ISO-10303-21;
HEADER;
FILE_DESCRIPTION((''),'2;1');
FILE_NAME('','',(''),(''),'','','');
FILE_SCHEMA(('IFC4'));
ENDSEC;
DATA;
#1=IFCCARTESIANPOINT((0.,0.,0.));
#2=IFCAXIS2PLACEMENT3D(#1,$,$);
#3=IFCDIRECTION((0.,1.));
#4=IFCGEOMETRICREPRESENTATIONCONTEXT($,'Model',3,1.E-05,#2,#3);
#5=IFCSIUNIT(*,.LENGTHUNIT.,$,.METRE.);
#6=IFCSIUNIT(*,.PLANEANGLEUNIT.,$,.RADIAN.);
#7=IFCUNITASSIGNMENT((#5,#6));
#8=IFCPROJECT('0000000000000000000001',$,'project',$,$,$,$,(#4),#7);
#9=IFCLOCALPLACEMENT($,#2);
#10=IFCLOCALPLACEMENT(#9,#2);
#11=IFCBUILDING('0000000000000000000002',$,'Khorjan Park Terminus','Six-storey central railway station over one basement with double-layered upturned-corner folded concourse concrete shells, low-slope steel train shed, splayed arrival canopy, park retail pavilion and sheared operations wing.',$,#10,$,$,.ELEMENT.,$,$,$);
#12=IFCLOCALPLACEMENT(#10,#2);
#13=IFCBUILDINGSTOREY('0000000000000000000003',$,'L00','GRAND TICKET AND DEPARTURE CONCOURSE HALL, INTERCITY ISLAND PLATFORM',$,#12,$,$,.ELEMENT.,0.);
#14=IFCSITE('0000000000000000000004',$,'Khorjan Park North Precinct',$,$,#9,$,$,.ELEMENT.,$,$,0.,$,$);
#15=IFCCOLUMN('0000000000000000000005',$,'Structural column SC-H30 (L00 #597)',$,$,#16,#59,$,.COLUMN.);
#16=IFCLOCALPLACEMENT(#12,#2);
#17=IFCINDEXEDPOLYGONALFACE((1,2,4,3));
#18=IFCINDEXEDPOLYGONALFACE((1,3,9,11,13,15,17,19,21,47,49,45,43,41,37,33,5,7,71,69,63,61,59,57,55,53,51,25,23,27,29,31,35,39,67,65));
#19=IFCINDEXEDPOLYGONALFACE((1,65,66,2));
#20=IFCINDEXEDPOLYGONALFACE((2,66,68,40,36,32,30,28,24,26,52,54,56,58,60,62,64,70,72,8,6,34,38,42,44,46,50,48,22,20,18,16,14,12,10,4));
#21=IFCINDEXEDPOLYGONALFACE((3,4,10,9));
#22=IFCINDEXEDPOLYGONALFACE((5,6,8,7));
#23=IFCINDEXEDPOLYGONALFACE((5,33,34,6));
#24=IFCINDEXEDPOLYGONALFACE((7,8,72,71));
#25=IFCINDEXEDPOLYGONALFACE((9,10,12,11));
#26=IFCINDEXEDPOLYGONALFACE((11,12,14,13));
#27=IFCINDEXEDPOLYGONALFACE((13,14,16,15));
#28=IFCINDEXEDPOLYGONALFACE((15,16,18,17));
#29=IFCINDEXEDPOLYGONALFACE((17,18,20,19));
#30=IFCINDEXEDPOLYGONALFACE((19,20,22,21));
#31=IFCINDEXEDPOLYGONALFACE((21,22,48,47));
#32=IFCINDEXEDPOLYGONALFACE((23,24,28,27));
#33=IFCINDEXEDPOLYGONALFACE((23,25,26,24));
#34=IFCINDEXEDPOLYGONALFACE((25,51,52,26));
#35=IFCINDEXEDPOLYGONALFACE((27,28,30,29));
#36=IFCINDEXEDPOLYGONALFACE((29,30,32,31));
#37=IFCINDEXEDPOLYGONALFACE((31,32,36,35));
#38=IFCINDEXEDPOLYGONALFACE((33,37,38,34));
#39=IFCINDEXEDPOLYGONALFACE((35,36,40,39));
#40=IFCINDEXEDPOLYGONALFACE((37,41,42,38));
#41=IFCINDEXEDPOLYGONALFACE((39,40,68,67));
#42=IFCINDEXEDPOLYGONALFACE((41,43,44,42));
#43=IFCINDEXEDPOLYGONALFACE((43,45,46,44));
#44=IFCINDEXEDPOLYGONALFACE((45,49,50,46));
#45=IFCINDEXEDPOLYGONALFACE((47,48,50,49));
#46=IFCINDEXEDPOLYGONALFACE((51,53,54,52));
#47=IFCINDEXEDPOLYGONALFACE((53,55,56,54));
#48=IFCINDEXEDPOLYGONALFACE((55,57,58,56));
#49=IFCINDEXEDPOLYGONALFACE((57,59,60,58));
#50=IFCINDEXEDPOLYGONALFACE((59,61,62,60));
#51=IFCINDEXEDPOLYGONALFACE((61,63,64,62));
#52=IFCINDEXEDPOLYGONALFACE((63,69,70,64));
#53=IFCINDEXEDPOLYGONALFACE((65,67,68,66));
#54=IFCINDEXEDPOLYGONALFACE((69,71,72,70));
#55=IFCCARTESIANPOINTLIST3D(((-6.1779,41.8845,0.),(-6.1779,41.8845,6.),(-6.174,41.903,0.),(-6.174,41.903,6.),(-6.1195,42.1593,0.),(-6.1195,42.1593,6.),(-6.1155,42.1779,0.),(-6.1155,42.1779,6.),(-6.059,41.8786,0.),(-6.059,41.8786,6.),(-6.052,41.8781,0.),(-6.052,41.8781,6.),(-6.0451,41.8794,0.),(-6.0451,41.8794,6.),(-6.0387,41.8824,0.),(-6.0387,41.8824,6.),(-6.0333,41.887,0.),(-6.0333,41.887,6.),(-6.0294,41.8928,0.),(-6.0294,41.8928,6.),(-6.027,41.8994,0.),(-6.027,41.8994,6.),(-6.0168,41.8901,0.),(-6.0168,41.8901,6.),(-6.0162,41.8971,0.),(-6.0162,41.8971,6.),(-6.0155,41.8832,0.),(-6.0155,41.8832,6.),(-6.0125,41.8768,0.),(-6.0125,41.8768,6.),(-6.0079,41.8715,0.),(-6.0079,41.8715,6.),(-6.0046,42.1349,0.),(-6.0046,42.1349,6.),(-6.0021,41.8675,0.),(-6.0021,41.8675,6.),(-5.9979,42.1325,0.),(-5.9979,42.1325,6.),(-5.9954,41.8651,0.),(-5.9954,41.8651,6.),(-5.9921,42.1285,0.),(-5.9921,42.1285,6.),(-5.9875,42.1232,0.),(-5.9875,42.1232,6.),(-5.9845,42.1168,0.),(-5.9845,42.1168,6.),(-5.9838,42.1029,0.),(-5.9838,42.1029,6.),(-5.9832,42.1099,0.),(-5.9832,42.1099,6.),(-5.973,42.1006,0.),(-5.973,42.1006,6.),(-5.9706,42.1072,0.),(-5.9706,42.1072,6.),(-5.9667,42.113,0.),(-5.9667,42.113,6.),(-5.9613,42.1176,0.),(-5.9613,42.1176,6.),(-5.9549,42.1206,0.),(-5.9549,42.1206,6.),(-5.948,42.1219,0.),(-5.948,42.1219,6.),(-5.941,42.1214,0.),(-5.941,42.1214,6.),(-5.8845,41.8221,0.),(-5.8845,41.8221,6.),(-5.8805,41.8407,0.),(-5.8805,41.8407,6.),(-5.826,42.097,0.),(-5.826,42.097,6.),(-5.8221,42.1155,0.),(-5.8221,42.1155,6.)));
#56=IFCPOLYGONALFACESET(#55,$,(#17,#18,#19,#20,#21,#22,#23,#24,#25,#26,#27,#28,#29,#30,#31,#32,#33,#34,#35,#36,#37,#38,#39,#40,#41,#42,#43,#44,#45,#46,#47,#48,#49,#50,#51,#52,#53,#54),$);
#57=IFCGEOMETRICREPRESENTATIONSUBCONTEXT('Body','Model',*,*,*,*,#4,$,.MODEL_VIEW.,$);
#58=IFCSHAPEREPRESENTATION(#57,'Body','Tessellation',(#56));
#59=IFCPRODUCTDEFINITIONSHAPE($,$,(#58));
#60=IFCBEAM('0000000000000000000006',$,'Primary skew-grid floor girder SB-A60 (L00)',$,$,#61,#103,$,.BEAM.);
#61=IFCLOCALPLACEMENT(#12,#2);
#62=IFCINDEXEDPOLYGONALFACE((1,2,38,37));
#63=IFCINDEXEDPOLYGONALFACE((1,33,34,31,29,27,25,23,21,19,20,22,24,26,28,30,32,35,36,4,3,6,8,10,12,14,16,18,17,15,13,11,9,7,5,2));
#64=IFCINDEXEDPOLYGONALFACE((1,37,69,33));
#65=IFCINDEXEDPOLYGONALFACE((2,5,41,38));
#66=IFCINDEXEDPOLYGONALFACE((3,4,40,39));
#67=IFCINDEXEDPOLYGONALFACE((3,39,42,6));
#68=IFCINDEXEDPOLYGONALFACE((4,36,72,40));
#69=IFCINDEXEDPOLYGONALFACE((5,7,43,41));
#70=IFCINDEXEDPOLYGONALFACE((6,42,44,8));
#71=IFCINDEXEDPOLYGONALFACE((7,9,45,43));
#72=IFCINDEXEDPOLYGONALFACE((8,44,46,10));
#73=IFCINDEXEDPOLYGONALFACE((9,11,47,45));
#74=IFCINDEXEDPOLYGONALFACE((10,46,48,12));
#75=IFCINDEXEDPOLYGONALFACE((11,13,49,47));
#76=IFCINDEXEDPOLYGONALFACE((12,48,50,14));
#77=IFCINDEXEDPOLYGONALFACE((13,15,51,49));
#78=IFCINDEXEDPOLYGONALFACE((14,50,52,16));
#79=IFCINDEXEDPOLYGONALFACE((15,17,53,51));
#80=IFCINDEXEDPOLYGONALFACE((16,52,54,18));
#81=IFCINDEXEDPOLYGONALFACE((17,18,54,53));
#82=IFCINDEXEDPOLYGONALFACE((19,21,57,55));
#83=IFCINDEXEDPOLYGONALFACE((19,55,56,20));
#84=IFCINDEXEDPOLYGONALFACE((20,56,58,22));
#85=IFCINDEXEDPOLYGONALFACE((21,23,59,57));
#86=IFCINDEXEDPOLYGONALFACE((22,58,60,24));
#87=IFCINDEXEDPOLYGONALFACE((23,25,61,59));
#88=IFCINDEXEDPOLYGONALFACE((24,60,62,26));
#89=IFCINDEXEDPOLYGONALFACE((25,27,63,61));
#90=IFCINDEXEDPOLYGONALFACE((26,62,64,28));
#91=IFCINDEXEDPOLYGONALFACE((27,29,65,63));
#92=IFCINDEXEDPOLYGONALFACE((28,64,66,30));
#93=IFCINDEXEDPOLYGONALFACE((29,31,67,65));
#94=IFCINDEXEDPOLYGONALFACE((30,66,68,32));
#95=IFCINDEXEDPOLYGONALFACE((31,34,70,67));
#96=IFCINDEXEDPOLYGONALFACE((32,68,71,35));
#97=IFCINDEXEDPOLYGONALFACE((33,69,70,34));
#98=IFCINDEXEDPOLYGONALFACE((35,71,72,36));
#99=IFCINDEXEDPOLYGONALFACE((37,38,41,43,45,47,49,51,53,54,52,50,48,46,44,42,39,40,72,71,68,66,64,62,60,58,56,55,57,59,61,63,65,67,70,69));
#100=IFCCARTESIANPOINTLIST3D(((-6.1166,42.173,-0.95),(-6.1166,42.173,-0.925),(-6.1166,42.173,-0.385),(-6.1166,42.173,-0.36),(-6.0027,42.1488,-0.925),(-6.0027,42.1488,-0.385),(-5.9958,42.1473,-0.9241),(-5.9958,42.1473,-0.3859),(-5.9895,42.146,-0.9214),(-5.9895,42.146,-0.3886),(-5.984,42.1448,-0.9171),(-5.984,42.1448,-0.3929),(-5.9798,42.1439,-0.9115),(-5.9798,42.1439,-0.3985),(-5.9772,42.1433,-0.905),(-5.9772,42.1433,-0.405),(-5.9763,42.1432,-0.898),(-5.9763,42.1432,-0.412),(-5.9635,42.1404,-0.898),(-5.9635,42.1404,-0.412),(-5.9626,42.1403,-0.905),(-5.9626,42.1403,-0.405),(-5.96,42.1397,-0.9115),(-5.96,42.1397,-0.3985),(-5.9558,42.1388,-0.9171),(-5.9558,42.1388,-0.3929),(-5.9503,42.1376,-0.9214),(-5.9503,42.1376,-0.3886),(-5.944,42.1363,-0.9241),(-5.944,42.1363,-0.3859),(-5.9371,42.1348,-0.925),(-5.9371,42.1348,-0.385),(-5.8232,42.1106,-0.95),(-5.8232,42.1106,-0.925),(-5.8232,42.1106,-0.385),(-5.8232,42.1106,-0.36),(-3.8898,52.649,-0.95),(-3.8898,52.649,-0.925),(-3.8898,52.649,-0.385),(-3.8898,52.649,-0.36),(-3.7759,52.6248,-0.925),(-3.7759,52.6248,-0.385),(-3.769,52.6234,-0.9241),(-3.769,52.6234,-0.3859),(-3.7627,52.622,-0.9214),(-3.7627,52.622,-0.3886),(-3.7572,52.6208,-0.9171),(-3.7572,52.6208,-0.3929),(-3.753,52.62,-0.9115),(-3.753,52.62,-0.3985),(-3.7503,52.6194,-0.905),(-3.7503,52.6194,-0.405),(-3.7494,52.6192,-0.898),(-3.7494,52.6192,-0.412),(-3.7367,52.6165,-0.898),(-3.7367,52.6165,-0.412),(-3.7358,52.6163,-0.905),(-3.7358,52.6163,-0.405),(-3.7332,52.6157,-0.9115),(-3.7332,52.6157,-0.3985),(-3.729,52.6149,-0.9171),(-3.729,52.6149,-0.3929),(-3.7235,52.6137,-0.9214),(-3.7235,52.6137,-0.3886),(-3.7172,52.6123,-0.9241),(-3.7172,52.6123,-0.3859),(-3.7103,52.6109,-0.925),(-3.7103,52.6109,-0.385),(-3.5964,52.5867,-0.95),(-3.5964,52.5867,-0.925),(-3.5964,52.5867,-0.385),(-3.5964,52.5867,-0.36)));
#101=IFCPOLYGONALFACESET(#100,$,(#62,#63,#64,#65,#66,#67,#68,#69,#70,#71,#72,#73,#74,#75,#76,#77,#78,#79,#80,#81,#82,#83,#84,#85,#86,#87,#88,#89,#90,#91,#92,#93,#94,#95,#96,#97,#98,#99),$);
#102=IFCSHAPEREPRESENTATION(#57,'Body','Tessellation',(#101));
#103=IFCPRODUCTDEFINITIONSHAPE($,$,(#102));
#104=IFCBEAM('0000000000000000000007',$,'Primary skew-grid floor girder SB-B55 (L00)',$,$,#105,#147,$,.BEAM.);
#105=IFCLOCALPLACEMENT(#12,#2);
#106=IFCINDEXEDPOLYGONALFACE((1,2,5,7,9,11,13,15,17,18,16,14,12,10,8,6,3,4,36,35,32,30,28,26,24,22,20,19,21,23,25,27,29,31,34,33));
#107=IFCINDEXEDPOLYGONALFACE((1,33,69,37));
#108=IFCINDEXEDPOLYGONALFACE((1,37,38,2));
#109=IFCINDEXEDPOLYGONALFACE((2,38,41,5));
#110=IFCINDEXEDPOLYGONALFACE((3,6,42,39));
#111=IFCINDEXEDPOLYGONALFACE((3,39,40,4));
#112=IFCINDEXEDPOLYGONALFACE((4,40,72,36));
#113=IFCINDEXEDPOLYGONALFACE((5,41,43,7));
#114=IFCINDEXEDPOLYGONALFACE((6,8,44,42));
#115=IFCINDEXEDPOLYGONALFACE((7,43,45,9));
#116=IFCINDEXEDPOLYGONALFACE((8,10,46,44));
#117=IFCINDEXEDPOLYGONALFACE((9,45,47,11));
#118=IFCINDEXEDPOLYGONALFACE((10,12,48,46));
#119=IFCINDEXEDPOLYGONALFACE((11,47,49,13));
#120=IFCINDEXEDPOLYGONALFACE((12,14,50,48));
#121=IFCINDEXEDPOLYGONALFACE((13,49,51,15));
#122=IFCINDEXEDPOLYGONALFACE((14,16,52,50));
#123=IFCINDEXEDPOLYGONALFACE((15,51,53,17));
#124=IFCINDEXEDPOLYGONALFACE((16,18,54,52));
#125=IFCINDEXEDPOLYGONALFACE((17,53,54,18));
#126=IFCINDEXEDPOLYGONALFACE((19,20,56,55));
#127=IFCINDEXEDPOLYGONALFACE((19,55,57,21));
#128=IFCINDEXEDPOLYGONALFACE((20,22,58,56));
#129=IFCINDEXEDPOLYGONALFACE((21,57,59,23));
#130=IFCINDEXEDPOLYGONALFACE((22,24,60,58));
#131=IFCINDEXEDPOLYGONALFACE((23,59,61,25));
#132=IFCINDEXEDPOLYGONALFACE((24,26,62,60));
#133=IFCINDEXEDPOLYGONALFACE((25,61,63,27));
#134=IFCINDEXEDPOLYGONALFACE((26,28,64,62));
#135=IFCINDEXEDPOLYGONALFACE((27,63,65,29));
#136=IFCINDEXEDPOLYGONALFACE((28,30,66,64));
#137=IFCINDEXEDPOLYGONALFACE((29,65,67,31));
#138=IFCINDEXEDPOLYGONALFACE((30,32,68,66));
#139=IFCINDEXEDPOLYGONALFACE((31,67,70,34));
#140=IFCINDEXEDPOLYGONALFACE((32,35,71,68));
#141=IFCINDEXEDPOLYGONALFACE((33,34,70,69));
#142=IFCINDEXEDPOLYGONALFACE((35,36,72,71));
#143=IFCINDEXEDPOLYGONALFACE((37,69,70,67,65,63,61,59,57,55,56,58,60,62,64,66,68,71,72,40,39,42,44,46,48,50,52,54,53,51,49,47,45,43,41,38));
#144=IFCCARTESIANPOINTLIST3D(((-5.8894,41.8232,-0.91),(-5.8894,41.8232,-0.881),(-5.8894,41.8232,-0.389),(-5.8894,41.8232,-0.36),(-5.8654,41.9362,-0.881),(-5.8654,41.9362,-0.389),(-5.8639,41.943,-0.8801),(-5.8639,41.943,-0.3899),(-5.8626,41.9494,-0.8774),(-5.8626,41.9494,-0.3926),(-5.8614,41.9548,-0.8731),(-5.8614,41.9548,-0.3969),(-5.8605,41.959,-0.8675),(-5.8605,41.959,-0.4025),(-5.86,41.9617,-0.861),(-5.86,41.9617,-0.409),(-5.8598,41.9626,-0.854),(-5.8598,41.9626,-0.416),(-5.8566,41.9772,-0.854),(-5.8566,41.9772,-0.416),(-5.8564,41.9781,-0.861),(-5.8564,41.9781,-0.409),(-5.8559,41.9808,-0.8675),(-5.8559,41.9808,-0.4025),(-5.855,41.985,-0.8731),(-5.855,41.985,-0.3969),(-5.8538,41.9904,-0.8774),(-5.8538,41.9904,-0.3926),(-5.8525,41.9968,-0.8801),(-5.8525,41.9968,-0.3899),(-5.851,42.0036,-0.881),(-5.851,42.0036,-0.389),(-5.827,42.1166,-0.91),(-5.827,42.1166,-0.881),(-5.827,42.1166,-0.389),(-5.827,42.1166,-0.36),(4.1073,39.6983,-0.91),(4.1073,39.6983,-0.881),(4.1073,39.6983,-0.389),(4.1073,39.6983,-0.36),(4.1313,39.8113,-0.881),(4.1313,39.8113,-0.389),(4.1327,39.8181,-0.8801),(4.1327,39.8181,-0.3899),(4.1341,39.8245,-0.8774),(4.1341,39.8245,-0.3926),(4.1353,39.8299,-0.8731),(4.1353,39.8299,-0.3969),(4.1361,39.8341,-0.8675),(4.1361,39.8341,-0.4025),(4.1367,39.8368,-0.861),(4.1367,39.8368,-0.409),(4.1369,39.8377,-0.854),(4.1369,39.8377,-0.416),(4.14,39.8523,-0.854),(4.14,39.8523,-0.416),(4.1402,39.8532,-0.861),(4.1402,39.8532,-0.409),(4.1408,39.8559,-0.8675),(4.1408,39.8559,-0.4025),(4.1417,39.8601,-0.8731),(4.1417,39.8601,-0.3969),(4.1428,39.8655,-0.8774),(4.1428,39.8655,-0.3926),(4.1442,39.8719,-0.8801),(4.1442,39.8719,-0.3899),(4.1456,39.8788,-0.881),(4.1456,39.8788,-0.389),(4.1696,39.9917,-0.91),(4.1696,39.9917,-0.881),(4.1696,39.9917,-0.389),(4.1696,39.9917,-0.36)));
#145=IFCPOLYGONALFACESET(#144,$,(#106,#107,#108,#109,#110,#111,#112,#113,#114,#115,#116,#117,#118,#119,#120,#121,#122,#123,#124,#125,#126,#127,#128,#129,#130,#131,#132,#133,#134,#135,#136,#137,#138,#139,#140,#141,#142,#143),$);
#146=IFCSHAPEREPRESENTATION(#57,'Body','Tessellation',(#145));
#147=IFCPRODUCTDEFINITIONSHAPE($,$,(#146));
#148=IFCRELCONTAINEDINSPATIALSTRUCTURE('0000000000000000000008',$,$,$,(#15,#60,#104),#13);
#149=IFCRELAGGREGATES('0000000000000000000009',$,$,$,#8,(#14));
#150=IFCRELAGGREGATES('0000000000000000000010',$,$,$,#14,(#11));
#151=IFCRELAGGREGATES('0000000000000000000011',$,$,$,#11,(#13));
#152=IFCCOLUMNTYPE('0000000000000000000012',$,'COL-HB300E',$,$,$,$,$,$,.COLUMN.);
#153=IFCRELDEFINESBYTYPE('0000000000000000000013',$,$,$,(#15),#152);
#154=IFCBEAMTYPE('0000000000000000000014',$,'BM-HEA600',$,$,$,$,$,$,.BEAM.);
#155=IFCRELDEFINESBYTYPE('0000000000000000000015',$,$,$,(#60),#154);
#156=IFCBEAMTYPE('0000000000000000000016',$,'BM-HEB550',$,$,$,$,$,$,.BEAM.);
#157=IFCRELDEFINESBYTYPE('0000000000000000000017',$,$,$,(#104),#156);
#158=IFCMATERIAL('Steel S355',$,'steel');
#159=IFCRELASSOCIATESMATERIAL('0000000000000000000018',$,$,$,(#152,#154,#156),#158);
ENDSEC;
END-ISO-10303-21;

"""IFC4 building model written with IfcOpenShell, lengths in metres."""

from ifc_helpers import new_model, si_unit, direction, frame, origin, origin_2d, place, context, subcontext, project, spatial, i_section, extrude, material, material_profile, profile_set, type_object, element, save


model = new_model("IFC4")

# Units and contexts
model_context = context("Model", 3, precision=1e-05, world=origin(), true_north=direction((0.0, 1.0)))
body_context = subcontext(model_context, "Body", "Model", "MODEL_VIEW")
ifc_project = project(units=[si_unit("LENGTHUNIT", "METRE"), si_unit("PLANEANGLEUNIT", "RADIAN")], contexts=[model_context])

# Site, building, storey
site_placement = place(None, origin())
site = spatial("IfcSite", under=ifc_project, at=site_placement, Name="Khorjan Park North Precinct", CompositionType="ELEMENT", RefElevation=0.0)
building_placement = place(site_placement, origin())
building = spatial("IfcBuilding", under=site, at=building_placement, Name="Khorjan Park Terminus", Description="Six-storey central railway station over one basement with double-layered upturned-corner folded concourse concrete shells, low-slope steel train shed, splayed arrival canopy, park retail pavilion and sheared operations wing.", CompositionType="ELEMENT")
storey_placement = place(building_placement, origin())
storey = spatial("IfcBuildingStorey", under=building, at=storey_placement, Name="L00", Description="GRAND TICKET AND DEPARTURE CONCOURSE HALL, INTERCITY ISLAND PLATFORM", CompositionType="ELEMENT", Elevation=0.0)

# Column
ifc_material_1 = material(Name="Steel S355", Category="steel")
ifc_material_profile_1 = material_profile(ifc_material_1, i_section(OverallWidth=0.3, OverallDepth=0.3, WebThickness=0.011, FlangeThickness=0.019, FilletRadius=0.027, at=origin_2d()), Name="HEB 300")
ifc_profile_set_1 = profile_set([ifc_material_profile_1], Name="Steel S355")
column_type = type_object("IfcColumnType", Name="COL-HB300E", PredefinedType="COLUMN", material=ifc_profile_set_1)
column_placement = place(storey_placement, frame((-6.0, 42.0, 0.0), z_axis=(0.0, 0.0, 1.0), x_axis=(0.978148, -0.207912, 0.0)))
element("IfcColumn", 1, at=column_placement, inside=storey, type_object=column_type, Name="Structural column SC-H30 (L00 #597)", PredefinedType="COLUMN", context=body_context, shape_type="SweptSolid", body=[
    extrude(i_section(OverallWidth=0.3, OverallDepth=0.3, WebThickness=0.011, FlangeThickness=0.019, FilletRadius=0.027, at=origin_2d()), origin(), (0.0, 0.0, 1.0), 6.0),
])

# Beams
ifc_material_profile_2 = material_profile(ifc_material_1, i_section(OverallWidth=0.3, OverallDepth=0.59, WebThickness=0.013, FlangeThickness=0.025, FilletRadius=0.027, at=origin_2d()), Name="HEA 600")
ifc_profile_set_2 = profile_set([ifc_material_profile_2], Name="Steel S355")
beam_type_1 = type_object("IfcBeamType", Name="BM-HEA600", PredefinedType="BEAM", material=ifc_profile_set_2)
beam_1_placement = place(storey_placement, frame((-5.9699, 42.1418, -0.655), z_axis=(0.207917, 0.978147, 0.0), x_axis=(-0.978147, 0.207917, 0.0)))
element("IfcBeam", 2, at=beam_1_placement, inside=storey, type_object=beam_type_1, Name="Primary skew-grid floor girder SB-A60 (L00)", PredefinedType="BEAM", context=body_context, shape_type="SweptSolid", body=[
    extrude(i_section(OverallWidth=0.3, OverallDepth=0.59, WebThickness=0.013, FlangeThickness=0.025, FilletRadius=0.027, at=origin_2d()), origin(), (0.0, 0.0, 1.0), 10.7101),
])
ifc_material_profile_3 = material_profile(ifc_material_1, i_section(OverallWidth=0.3, OverallDepth=0.55, WebThickness=0.015, FlangeThickness=0.029, FilletRadius=0.027, at=origin_2d()), Name="HEB 550")
ifc_profile_set_3 = profile_set([ifc_material_profile_3], Name="Steel S355")
beam_type_2 = type_object("IfcBeamType", Name="BM-HEB550", PredefinedType="BEAM", material=ifc_profile_set_3)
beam_2_placement = place(storey_placement, frame((-5.8582, 41.9699, -0.635), z_axis=(0.978147, -0.207915, 0.0), x_axis=(0.207915, 0.978147, 0.0)))
element("IfcBeam", 3, at=beam_2_placement, inside=storey, type_object=beam_type_2, Name="Primary skew-grid floor girder SB-B55 (L00)", PredefinedType="BEAM", context=body_context, shape_type="SweptSolid", body=[
    extrude(i_section(OverallWidth=0.3, OverallDepth=0.55, WebThickness=0.015, FlangeThickness=0.029, FilletRadius=0.027, at=origin_2d()), origin(), (0.0, 0.0, 1.0), 10.22),
])

save(model, "model.ifc")
